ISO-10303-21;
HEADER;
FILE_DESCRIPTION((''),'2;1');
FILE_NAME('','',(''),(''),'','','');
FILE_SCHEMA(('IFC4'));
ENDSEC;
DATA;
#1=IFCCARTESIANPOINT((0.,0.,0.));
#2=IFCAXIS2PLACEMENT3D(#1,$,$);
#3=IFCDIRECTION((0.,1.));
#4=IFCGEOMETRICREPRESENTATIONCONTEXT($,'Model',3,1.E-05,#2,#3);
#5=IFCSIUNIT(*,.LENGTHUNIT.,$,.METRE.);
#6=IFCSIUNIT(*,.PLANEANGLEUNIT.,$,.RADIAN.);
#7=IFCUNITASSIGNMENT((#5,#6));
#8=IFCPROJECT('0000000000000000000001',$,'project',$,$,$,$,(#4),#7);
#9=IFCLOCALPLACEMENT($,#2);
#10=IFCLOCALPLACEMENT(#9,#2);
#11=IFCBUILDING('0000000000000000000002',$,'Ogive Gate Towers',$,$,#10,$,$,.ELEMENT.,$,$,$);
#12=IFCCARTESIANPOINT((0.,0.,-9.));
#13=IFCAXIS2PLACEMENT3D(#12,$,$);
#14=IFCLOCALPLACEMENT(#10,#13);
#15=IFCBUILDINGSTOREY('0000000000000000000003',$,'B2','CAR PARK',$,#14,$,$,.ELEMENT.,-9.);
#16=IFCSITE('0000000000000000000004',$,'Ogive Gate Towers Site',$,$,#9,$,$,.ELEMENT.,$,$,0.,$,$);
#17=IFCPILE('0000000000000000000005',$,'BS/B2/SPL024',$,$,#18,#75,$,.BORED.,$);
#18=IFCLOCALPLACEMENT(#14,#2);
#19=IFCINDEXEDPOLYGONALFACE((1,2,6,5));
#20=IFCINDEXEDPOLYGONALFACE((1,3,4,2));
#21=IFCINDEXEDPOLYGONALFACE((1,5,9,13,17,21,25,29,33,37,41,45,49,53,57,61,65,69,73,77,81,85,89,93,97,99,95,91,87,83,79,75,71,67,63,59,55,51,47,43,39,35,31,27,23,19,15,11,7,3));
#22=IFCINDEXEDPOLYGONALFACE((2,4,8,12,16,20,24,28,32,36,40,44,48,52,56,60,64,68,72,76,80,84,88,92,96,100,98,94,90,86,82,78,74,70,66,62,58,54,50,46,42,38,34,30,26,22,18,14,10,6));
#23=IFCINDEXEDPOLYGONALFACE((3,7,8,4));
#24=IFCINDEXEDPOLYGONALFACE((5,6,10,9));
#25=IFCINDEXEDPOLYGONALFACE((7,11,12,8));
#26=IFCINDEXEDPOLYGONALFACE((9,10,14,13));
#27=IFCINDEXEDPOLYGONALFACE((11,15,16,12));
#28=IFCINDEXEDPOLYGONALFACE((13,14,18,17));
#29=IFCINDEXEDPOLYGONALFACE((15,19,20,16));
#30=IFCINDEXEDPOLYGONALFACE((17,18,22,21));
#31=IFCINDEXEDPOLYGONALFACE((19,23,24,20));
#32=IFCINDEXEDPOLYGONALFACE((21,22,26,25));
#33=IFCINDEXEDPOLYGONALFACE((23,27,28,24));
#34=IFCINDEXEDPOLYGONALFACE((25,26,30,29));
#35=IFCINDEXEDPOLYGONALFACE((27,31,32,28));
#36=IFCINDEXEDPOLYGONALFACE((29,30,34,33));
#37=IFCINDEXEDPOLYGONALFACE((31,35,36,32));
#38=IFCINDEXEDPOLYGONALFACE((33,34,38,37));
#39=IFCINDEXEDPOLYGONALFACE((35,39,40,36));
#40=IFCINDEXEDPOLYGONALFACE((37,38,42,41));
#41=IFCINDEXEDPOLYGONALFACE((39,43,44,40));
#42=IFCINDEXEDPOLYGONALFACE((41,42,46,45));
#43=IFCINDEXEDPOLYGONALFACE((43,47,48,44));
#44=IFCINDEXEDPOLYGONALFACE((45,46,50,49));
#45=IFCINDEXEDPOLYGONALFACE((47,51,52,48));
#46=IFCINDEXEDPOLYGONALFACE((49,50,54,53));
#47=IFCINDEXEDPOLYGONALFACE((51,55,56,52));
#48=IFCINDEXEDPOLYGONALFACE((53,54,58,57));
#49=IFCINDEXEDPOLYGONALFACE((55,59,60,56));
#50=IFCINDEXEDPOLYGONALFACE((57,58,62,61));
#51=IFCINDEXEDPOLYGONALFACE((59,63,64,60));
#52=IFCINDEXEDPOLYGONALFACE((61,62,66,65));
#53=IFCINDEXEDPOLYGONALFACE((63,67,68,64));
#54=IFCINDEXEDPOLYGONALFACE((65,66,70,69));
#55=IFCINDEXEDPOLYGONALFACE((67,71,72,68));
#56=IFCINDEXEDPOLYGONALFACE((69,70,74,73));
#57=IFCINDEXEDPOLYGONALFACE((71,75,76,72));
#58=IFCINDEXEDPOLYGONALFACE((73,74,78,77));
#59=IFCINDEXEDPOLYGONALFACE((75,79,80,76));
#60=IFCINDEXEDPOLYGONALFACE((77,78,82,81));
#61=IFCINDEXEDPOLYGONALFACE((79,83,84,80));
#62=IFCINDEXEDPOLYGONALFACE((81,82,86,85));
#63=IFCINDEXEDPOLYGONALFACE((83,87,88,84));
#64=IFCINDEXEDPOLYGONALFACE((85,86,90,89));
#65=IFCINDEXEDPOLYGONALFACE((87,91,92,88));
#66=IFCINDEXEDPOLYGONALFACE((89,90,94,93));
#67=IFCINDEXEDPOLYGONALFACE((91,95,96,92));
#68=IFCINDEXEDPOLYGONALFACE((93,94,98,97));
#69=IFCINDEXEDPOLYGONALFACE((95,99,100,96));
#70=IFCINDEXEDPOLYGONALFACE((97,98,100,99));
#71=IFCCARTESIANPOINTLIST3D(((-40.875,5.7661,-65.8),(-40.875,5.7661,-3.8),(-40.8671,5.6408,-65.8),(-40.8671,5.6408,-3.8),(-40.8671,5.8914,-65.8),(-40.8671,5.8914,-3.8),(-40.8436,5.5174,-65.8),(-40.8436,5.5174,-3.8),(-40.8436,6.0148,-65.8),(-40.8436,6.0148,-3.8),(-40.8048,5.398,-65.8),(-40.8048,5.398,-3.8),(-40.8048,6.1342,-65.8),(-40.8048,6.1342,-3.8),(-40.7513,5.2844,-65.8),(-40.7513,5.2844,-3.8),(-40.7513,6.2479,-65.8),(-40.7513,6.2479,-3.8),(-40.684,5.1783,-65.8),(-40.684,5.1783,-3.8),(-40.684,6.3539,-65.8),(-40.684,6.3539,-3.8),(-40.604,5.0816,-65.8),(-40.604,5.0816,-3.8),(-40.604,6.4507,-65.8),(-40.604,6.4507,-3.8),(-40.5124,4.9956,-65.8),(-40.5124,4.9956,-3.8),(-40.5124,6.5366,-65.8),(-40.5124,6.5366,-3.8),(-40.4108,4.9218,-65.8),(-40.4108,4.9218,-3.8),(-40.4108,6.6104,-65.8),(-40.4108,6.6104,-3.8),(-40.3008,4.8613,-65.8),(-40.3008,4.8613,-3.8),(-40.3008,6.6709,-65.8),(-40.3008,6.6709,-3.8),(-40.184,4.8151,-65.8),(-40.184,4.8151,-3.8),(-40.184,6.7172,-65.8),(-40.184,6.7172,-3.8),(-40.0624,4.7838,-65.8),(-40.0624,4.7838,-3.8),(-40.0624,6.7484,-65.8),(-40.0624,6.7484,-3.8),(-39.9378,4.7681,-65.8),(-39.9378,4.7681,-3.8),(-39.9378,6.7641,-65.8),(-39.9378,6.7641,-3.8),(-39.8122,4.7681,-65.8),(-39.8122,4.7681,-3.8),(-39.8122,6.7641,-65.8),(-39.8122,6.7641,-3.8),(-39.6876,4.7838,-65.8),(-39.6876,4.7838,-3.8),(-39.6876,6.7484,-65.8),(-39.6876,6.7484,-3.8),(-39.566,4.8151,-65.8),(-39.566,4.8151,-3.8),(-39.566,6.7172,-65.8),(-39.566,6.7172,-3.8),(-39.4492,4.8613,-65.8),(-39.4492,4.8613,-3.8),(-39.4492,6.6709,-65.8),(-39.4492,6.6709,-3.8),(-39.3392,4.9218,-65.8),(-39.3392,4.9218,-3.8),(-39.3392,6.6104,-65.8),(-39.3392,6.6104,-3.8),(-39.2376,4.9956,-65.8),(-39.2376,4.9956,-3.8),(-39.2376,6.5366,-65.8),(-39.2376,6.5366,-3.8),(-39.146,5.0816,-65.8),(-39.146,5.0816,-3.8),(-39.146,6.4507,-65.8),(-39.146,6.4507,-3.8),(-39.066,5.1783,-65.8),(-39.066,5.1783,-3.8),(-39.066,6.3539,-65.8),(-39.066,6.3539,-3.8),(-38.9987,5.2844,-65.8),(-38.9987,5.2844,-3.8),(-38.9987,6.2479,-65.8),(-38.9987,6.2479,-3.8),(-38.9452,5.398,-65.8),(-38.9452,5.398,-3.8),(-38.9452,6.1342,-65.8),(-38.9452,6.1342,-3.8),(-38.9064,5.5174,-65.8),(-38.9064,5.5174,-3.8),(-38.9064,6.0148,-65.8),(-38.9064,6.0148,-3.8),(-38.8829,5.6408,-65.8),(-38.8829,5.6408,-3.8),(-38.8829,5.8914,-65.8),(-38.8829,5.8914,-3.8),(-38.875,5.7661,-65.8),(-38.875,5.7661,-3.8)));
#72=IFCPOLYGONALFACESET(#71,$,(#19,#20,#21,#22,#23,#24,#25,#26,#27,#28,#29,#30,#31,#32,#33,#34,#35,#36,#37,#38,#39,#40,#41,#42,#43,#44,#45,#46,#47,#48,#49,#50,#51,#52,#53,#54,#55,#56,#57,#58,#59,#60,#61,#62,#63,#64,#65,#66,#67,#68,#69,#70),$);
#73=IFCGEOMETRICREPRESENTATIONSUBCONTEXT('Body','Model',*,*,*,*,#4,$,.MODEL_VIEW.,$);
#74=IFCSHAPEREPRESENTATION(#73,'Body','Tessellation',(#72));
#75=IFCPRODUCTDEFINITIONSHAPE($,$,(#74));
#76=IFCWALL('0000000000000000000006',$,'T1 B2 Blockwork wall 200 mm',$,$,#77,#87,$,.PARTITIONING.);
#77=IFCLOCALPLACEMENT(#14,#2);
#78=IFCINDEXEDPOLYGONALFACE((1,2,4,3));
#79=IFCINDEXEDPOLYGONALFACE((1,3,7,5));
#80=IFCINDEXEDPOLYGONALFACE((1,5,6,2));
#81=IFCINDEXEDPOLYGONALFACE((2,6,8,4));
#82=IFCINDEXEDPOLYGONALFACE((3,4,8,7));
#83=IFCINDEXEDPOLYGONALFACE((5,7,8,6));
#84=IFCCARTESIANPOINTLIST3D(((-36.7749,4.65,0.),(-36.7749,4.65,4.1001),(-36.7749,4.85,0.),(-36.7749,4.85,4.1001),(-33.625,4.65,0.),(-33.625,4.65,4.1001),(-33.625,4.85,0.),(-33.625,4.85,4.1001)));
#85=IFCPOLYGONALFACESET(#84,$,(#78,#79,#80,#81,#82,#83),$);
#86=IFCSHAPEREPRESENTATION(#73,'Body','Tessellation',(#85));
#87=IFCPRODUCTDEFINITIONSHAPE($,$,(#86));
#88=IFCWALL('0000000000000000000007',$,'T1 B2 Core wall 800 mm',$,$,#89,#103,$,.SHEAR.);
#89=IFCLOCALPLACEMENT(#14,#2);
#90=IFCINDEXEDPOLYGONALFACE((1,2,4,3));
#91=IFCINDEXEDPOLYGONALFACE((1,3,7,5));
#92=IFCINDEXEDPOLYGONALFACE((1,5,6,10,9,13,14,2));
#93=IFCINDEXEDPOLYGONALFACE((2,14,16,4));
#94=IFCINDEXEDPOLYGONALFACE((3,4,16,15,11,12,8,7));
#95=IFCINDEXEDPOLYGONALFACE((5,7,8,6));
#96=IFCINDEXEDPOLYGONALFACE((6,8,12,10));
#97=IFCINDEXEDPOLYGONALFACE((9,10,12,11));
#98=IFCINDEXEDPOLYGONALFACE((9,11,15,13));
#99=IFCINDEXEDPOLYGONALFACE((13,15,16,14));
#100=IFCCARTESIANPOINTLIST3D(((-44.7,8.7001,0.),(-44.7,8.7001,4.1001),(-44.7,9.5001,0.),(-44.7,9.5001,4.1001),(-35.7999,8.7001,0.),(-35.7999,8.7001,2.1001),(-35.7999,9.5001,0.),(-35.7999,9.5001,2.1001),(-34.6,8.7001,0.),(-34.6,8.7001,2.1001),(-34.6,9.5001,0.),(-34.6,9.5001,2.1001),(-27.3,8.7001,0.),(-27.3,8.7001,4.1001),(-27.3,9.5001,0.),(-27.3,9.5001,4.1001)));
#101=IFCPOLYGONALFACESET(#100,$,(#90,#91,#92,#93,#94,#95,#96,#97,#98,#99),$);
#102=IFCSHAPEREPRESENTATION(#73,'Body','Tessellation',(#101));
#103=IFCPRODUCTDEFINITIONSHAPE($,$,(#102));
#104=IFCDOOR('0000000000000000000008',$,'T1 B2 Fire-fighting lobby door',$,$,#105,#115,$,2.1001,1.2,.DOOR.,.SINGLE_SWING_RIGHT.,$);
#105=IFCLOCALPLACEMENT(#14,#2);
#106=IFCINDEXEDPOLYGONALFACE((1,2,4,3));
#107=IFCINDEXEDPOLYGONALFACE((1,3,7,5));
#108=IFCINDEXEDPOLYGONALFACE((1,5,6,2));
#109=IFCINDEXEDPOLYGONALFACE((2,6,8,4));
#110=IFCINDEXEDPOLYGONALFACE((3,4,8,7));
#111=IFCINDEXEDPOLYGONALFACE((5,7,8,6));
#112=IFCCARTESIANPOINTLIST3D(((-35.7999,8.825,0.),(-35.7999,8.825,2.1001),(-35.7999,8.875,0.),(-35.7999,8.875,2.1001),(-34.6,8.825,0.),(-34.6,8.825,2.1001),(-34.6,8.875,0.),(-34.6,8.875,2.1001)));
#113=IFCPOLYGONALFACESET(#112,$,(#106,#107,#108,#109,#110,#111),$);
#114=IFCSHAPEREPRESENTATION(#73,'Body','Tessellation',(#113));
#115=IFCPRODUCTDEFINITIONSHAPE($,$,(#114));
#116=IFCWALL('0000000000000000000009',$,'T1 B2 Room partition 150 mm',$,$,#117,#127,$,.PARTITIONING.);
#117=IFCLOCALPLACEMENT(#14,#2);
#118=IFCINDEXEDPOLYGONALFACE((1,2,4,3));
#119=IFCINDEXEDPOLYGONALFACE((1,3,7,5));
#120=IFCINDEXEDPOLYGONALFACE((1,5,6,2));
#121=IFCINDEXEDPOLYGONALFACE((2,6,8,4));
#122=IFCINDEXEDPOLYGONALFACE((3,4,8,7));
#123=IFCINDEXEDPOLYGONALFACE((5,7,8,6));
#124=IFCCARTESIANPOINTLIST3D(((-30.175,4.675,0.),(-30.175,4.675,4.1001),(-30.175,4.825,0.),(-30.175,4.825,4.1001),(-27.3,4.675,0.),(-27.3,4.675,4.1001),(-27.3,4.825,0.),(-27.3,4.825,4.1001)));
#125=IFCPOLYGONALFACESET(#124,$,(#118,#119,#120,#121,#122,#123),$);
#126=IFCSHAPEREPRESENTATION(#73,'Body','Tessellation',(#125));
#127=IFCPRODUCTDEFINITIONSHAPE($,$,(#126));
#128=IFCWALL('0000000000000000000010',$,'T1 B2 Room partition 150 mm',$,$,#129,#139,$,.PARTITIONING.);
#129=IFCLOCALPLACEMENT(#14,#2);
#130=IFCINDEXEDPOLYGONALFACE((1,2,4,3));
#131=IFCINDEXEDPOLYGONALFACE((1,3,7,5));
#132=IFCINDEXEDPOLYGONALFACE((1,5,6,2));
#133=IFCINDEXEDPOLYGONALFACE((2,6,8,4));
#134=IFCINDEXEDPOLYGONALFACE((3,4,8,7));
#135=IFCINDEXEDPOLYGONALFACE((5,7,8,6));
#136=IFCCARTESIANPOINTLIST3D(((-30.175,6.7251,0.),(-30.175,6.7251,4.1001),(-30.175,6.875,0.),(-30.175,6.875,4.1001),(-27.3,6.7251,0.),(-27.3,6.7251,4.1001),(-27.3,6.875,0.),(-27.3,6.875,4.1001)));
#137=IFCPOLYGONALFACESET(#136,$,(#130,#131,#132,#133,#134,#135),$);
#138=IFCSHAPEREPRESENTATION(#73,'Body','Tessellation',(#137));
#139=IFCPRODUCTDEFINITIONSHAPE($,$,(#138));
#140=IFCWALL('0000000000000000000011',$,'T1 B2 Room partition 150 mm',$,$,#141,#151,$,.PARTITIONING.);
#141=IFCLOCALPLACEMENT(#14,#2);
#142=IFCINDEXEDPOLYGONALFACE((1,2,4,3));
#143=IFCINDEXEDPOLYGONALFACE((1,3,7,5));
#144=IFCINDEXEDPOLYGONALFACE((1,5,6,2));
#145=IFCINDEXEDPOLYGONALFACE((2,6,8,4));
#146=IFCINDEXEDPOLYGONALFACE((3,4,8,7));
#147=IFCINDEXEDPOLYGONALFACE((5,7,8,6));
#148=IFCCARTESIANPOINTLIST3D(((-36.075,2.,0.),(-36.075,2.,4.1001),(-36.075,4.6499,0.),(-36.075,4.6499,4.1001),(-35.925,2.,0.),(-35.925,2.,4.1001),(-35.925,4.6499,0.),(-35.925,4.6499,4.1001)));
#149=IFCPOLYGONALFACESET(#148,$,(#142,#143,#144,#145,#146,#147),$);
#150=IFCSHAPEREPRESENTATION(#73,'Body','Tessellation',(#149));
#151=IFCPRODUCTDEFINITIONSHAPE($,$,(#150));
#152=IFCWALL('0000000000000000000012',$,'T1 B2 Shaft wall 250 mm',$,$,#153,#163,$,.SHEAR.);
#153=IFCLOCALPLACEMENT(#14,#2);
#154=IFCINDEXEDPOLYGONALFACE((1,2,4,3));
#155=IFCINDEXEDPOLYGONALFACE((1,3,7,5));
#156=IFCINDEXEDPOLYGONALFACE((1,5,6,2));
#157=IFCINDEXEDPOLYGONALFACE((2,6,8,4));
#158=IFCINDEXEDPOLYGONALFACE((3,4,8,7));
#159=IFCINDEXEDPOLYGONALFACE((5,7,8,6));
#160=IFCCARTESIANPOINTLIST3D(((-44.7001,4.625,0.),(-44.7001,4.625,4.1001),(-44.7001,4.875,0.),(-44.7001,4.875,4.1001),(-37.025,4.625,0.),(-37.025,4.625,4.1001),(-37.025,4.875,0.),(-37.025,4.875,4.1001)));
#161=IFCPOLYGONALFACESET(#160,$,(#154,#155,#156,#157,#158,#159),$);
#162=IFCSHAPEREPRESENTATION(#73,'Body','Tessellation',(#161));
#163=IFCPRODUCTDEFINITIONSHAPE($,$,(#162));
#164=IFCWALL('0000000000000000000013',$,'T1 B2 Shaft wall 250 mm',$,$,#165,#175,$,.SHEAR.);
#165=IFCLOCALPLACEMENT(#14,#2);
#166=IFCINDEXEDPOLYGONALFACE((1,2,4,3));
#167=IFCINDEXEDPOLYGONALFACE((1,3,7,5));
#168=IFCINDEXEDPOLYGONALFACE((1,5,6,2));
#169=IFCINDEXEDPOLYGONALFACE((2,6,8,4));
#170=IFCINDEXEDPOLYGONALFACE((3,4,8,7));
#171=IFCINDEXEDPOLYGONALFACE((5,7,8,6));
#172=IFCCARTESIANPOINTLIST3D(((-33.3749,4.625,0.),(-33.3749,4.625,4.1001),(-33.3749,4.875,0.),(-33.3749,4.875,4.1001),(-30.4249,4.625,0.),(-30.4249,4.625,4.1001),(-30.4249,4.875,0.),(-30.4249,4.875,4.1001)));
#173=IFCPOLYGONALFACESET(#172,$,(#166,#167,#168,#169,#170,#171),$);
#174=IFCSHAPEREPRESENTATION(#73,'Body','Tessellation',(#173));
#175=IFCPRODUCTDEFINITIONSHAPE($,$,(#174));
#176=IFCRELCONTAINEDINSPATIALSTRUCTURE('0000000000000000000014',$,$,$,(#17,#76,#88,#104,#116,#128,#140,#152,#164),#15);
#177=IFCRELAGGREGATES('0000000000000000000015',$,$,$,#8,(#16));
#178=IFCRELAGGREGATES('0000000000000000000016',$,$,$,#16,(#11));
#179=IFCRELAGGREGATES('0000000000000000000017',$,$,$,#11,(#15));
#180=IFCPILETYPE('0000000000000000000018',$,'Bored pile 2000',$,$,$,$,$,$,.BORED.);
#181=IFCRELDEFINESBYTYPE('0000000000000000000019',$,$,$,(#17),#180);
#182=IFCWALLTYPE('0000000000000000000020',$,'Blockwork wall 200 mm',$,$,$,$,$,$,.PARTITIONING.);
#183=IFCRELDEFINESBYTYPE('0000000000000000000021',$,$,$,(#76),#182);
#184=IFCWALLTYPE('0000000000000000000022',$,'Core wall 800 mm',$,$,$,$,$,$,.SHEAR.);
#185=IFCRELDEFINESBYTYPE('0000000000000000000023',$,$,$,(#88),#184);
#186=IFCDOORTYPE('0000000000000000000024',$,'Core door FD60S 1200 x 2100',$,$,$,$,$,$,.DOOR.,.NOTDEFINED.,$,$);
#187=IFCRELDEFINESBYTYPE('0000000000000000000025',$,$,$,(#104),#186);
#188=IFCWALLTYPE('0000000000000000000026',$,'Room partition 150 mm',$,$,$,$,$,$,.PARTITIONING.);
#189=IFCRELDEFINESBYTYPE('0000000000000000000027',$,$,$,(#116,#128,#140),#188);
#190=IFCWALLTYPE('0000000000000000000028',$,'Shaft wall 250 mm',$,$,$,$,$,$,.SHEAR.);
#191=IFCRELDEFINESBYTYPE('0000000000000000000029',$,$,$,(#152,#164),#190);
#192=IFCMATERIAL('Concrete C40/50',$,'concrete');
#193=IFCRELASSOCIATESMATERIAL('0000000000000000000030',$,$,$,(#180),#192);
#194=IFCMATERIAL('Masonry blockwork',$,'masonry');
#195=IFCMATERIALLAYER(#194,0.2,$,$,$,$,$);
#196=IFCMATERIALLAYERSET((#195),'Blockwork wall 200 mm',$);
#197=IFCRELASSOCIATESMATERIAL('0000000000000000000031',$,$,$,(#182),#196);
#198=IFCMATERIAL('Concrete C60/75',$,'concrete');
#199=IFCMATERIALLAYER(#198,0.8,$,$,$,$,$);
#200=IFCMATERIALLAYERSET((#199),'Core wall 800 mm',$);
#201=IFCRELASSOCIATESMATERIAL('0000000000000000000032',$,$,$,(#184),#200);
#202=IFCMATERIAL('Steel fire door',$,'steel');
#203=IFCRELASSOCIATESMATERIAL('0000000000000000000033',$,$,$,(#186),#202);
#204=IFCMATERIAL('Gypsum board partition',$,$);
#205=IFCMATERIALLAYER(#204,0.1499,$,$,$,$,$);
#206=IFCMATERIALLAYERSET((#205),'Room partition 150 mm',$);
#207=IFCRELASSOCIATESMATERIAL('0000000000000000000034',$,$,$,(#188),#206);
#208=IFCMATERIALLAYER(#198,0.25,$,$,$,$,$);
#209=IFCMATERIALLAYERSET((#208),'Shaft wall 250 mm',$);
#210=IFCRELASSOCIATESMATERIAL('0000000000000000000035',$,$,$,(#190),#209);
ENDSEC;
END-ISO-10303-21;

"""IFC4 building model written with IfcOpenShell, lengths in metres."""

from ifc_helpers import new_model, si_unit, direction, frame, frame_2d, origin, origin_2d, place, context, subcontext, project, spatial, rectangle, circle, extrude, material, layer, layer_set, material_profile, profile_set, type_object, element, fill, save


model = new_model("IFC4")

# Units and contexts
model_context = context("Model", 3, precision=1e-05, world=origin(), true_north=direction((0.0, 1.0)))
body_context = subcontext(model_context, "Body", "Model", "MODEL_VIEW")
ifc_project = project(units=[si_unit("LENGTHUNIT", "METRE"), si_unit("PLANEANGLEUNIT", "RADIAN")], contexts=[model_context])

# Site, building, storey
site_placement = place(None, origin())
site = spatial("IfcSite", under=ifc_project, at=site_placement, Name="Ogive Gate Towers Site", CompositionType="ELEMENT", RefElevation=0.0)
building_placement = place(site_placement, origin())
building = spatial("IfcBuilding", under=site, at=building_placement, Name="Ogive Gate Towers", CompositionType="ELEMENT")
storey_placement = place(building_placement, frame((0.0, 0.0, -9.0)))
storey = spatial("IfcBuildingStorey", under=building, at=storey_placement, Name="B2", Description="CAR PARK", CompositionType="ELEMENT", Elevation=-9.0)

# Pile
ifc_material_1 = material(Name="Concrete C40/50", Category="concrete")
ifc_material_profile = material_profile(ifc_material_1, circle(Radius=1.0, at=origin_2d()), Name="BP 2000")
ifc_profile_set = profile_set([ifc_material_profile], Name="Concrete C40/50")
pile_type = type_object("IfcPileType", Name="Bored pile 2000", PredefinedType="BORED", material=ifc_profile_set)
for number, where, z_axis, x_axis, name in (
    (1, (-39.875, 5.7661, -3.8), (0.0, 0.0, -1.0), (1.0, 0.0, 0.0), "BS/B2/SPL024"),
):
    element("IfcPile", number, at=place(storey_placement, frame(where, z_axis=z_axis, x_axis=x_axis)), inside=storey, type_object=pile_type, Name=name, PredefinedType="BORED", context=body_context, shape_type="SweptSolid", body=[
        extrude(circle(Radius=1.0, at=origin_2d()), origin(), (0.0, 0.0, 1.0), 62.0),
    ])

# Wall
ifc_material_2 = material(Name="Masonry blockwork", Category="masonry")
ifc_layer_1 = layer(ifc_material_2, 0.2)
ifc_layer_set_1 = layer_set([ifc_layer_1], Name="Blockwork wall 200 mm")
wall_type_1 = type_object("IfcWallType", Name="Blockwork wall 200 mm", PredefinedType="PARTITIONING", material=ifc_layer_set_1)
wall_1_placement = place(storey_placement, frame((-36.7749, 4.75, 0.0), z_axis=(0.0, 0.0, 1.0), x_axis=(1.0, 0.0, 0.0)))
element("IfcWall", 2, at=wall_1_placement, inside=storey, type_object=wall_type_1, Name="T1 B2 Blockwork wall 200 mm", PredefinedType="PARTITIONING", context=body_context, shape_type="SweptSolid", body=[
    extrude(rectangle(XDim=3.1499, YDim=0.2, at=frame_2d((1.575, 0.0))), origin(), (0.0, 0.0, 1.0), 4.1001),
])

# Wall, opening, door
ifc_material_3 = material(Name="Concrete C60/75", Category="concrete")
ifc_layer_2 = layer(ifc_material_3, 0.8)
ifc_layer_set_2 = layer_set([ifc_layer_2], Name="Core wall 800 mm")
wall_type_2 = type_object("IfcWallType", Name="Core wall 800 mm", PredefinedType="SHEAR", material=ifc_layer_set_2)
wall_2_placement = place(storey_placement, frame((-44.7, 9.1001, 0.0), z_axis=(0.0, 0.0, 1.0), x_axis=(1.0, 0.0, 0.0)))
wall_2 = element("IfcWall", 3, at=wall_2_placement, inside=storey, type_object=wall_type_2, Name="T1 B2 Core wall 800 mm", PredefinedType="SHEAR", context=body_context, shape_type="SweptSolid", body=[
    extrude(rectangle(XDim=17.3999, YDim=0.8, at=frame_2d((8.7, 0.0))), origin(), (0.0, 0.0, 1.0), 4.1001),
])
opening_1_placement = place(wall_2_placement, frame((8.8999, 0.0, 0.0)))
opening_1 = element("IfcOpeningElement", 4, at=opening_1_placement, cuts=wall_2, PredefinedType="OPENING", context=body_context, shape_type="SweptSolid", body=[
    extrude(rectangle(XDim=1.2, YDim=2.1001, at=frame_2d((0.6001, 1.05))), frame((0.0, 0.4102, 0.0), z_axis=(0.0, -1.0, 0.0), x_axis=(1.0, 0.0, 0.0)), (0.0, 0.0, 1.0), 0.8201),
])
ifc_material_4 = material(Name="Steel fire door", Category="steel")
door_type_1 = type_object("IfcDoorType", Name="Core door FD60S 1200 x 2100", OperationType="NOTDEFINED", PredefinedType="DOOR", material=ifc_material_4)
door_1_placement = place(opening_1_placement, origin())
door_1 = element("IfcDoor", 5, at=door_1_placement, inside=storey, type_object=door_type_1, Name="T1 B2 Fire-fighting lobby door", OperationType="SINGLE_SWING_RIGHT", OverallHeight=2.1001, OverallWidth=1.2, PredefinedType="DOOR", context=body_context, shape_type="SweptSolid", body=[
    extrude(rectangle(XDim=1.2, YDim=2.1001, at=frame_2d((0.6001, 1.05))), frame((0.0, -0.2251, 0.0), z_axis=(0.0, -1.0, 0.0), x_axis=(1.0, 0.0, 0.0)), (0.0, 0.0, 1.0), 0.05),
])
fill(opening_1, door_1)

# Walls
ifc_material_5 = material(Name="Gypsum board partition")
ifc_layer_3 = layer(ifc_material_5, 0.1499)
ifc_layer_set_3 = layer_set([ifc_layer_3], Name="Room partition 150 mm")
wall_type_3 = type_object("IfcWallType", Name="Room partition 150 mm", PredefinedType="PARTITIONING", material=ifc_layer_set_3)
for number, where, z_axis, x_axis, name in (
    (6, (-30.175, 4.75, 0.0), (0.0, 0.0, 1.0), (1.0, 0.0, 0.0), "T1 B2 Room partition 150 mm"),
    (7, (-30.175, 6.8, 0.0), (0.0, 0.0, 1.0), (1.0, 0.0, 0.0), "T1 B2 Room partition 150 mm"),
):
    element("IfcWall", number, at=place(storey_placement, frame(where, z_axis=z_axis, x_axis=x_axis)), inside=storey, type_object=wall_type_3, Name=name, PredefinedType="PARTITIONING", context=body_context, shape_type="SweptSolid", body=[
        extrude(rectangle(XDim=2.875, YDim=0.1499, at=frame_2d((1.4375, 0.0))), origin(), (0.0, 0.0, 1.0), 4.1001),
    ])
wall_3_placement = place(storey_placement, frame((-36.0, 2.0, 0.0), z_axis=(0.0, 0.0, 1.0), x_axis=(0.0, 1.0, 0.0)))
element("IfcWall", 8, at=wall_3_placement, inside=storey, type_object=wall_type_3, Name="T1 B2 Room partition 150 mm", PredefinedType="PARTITIONING", context=body_context, shape_type="SweptSolid", body=[
    extrude(rectangle(XDim=2.6499, YDim=0.1499, at=frame_2d((1.325, 0.0))), origin(), (0.0, 0.0, 1.0), 4.1001),
])
ifc_layer_4 = layer(ifc_material_3, 0.25)
ifc_layer_set_4 = layer_set([ifc_layer_4], Name="Shaft wall 250 mm")
wall_type_4 = type_object("IfcWallType", Name="Shaft wall 250 mm", PredefinedType="SHEAR", material=ifc_layer_set_4)
wall_4_placement = place(storey_placement, frame((-44.7, 4.75, 0.0), z_axis=(0.0, 0.0, 1.0), x_axis=(1.0, 0.0, 0.0)))
element("IfcWall", 9, at=wall_4_placement, inside=storey, type_object=wall_type_4, Name="T1 B2 Shaft wall 250 mm", PredefinedType="SHEAR", context=body_context, shape_type="SweptSolid", body=[
    extrude(rectangle(XDim=7.675, YDim=0.25, at=frame_2d((3.8374, 0.0))), origin(), (0.0, 0.0, 1.0), 4.1001),
])
wall_5_placement = place(storey_placement, frame((-33.375, 4.75, 0.0), z_axis=(0.0, 0.0, 1.0), x_axis=(1.0, 0.0, 0.0)))
element("IfcWall", 10, at=wall_5_placement, inside=storey, type_object=wall_type_4, Name="T1 B2 Shaft wall 250 mm", PredefinedType="SHEAR", context=body_context, shape_type="SweptSolid", body=[
    extrude(rectangle(XDim=2.95, YDim=0.25, at=frame_2d((1.4751, 0.0))), origin(), (0.0, 0.0, 1.0), 4.1001),
])

save(model, "model.ifc")
